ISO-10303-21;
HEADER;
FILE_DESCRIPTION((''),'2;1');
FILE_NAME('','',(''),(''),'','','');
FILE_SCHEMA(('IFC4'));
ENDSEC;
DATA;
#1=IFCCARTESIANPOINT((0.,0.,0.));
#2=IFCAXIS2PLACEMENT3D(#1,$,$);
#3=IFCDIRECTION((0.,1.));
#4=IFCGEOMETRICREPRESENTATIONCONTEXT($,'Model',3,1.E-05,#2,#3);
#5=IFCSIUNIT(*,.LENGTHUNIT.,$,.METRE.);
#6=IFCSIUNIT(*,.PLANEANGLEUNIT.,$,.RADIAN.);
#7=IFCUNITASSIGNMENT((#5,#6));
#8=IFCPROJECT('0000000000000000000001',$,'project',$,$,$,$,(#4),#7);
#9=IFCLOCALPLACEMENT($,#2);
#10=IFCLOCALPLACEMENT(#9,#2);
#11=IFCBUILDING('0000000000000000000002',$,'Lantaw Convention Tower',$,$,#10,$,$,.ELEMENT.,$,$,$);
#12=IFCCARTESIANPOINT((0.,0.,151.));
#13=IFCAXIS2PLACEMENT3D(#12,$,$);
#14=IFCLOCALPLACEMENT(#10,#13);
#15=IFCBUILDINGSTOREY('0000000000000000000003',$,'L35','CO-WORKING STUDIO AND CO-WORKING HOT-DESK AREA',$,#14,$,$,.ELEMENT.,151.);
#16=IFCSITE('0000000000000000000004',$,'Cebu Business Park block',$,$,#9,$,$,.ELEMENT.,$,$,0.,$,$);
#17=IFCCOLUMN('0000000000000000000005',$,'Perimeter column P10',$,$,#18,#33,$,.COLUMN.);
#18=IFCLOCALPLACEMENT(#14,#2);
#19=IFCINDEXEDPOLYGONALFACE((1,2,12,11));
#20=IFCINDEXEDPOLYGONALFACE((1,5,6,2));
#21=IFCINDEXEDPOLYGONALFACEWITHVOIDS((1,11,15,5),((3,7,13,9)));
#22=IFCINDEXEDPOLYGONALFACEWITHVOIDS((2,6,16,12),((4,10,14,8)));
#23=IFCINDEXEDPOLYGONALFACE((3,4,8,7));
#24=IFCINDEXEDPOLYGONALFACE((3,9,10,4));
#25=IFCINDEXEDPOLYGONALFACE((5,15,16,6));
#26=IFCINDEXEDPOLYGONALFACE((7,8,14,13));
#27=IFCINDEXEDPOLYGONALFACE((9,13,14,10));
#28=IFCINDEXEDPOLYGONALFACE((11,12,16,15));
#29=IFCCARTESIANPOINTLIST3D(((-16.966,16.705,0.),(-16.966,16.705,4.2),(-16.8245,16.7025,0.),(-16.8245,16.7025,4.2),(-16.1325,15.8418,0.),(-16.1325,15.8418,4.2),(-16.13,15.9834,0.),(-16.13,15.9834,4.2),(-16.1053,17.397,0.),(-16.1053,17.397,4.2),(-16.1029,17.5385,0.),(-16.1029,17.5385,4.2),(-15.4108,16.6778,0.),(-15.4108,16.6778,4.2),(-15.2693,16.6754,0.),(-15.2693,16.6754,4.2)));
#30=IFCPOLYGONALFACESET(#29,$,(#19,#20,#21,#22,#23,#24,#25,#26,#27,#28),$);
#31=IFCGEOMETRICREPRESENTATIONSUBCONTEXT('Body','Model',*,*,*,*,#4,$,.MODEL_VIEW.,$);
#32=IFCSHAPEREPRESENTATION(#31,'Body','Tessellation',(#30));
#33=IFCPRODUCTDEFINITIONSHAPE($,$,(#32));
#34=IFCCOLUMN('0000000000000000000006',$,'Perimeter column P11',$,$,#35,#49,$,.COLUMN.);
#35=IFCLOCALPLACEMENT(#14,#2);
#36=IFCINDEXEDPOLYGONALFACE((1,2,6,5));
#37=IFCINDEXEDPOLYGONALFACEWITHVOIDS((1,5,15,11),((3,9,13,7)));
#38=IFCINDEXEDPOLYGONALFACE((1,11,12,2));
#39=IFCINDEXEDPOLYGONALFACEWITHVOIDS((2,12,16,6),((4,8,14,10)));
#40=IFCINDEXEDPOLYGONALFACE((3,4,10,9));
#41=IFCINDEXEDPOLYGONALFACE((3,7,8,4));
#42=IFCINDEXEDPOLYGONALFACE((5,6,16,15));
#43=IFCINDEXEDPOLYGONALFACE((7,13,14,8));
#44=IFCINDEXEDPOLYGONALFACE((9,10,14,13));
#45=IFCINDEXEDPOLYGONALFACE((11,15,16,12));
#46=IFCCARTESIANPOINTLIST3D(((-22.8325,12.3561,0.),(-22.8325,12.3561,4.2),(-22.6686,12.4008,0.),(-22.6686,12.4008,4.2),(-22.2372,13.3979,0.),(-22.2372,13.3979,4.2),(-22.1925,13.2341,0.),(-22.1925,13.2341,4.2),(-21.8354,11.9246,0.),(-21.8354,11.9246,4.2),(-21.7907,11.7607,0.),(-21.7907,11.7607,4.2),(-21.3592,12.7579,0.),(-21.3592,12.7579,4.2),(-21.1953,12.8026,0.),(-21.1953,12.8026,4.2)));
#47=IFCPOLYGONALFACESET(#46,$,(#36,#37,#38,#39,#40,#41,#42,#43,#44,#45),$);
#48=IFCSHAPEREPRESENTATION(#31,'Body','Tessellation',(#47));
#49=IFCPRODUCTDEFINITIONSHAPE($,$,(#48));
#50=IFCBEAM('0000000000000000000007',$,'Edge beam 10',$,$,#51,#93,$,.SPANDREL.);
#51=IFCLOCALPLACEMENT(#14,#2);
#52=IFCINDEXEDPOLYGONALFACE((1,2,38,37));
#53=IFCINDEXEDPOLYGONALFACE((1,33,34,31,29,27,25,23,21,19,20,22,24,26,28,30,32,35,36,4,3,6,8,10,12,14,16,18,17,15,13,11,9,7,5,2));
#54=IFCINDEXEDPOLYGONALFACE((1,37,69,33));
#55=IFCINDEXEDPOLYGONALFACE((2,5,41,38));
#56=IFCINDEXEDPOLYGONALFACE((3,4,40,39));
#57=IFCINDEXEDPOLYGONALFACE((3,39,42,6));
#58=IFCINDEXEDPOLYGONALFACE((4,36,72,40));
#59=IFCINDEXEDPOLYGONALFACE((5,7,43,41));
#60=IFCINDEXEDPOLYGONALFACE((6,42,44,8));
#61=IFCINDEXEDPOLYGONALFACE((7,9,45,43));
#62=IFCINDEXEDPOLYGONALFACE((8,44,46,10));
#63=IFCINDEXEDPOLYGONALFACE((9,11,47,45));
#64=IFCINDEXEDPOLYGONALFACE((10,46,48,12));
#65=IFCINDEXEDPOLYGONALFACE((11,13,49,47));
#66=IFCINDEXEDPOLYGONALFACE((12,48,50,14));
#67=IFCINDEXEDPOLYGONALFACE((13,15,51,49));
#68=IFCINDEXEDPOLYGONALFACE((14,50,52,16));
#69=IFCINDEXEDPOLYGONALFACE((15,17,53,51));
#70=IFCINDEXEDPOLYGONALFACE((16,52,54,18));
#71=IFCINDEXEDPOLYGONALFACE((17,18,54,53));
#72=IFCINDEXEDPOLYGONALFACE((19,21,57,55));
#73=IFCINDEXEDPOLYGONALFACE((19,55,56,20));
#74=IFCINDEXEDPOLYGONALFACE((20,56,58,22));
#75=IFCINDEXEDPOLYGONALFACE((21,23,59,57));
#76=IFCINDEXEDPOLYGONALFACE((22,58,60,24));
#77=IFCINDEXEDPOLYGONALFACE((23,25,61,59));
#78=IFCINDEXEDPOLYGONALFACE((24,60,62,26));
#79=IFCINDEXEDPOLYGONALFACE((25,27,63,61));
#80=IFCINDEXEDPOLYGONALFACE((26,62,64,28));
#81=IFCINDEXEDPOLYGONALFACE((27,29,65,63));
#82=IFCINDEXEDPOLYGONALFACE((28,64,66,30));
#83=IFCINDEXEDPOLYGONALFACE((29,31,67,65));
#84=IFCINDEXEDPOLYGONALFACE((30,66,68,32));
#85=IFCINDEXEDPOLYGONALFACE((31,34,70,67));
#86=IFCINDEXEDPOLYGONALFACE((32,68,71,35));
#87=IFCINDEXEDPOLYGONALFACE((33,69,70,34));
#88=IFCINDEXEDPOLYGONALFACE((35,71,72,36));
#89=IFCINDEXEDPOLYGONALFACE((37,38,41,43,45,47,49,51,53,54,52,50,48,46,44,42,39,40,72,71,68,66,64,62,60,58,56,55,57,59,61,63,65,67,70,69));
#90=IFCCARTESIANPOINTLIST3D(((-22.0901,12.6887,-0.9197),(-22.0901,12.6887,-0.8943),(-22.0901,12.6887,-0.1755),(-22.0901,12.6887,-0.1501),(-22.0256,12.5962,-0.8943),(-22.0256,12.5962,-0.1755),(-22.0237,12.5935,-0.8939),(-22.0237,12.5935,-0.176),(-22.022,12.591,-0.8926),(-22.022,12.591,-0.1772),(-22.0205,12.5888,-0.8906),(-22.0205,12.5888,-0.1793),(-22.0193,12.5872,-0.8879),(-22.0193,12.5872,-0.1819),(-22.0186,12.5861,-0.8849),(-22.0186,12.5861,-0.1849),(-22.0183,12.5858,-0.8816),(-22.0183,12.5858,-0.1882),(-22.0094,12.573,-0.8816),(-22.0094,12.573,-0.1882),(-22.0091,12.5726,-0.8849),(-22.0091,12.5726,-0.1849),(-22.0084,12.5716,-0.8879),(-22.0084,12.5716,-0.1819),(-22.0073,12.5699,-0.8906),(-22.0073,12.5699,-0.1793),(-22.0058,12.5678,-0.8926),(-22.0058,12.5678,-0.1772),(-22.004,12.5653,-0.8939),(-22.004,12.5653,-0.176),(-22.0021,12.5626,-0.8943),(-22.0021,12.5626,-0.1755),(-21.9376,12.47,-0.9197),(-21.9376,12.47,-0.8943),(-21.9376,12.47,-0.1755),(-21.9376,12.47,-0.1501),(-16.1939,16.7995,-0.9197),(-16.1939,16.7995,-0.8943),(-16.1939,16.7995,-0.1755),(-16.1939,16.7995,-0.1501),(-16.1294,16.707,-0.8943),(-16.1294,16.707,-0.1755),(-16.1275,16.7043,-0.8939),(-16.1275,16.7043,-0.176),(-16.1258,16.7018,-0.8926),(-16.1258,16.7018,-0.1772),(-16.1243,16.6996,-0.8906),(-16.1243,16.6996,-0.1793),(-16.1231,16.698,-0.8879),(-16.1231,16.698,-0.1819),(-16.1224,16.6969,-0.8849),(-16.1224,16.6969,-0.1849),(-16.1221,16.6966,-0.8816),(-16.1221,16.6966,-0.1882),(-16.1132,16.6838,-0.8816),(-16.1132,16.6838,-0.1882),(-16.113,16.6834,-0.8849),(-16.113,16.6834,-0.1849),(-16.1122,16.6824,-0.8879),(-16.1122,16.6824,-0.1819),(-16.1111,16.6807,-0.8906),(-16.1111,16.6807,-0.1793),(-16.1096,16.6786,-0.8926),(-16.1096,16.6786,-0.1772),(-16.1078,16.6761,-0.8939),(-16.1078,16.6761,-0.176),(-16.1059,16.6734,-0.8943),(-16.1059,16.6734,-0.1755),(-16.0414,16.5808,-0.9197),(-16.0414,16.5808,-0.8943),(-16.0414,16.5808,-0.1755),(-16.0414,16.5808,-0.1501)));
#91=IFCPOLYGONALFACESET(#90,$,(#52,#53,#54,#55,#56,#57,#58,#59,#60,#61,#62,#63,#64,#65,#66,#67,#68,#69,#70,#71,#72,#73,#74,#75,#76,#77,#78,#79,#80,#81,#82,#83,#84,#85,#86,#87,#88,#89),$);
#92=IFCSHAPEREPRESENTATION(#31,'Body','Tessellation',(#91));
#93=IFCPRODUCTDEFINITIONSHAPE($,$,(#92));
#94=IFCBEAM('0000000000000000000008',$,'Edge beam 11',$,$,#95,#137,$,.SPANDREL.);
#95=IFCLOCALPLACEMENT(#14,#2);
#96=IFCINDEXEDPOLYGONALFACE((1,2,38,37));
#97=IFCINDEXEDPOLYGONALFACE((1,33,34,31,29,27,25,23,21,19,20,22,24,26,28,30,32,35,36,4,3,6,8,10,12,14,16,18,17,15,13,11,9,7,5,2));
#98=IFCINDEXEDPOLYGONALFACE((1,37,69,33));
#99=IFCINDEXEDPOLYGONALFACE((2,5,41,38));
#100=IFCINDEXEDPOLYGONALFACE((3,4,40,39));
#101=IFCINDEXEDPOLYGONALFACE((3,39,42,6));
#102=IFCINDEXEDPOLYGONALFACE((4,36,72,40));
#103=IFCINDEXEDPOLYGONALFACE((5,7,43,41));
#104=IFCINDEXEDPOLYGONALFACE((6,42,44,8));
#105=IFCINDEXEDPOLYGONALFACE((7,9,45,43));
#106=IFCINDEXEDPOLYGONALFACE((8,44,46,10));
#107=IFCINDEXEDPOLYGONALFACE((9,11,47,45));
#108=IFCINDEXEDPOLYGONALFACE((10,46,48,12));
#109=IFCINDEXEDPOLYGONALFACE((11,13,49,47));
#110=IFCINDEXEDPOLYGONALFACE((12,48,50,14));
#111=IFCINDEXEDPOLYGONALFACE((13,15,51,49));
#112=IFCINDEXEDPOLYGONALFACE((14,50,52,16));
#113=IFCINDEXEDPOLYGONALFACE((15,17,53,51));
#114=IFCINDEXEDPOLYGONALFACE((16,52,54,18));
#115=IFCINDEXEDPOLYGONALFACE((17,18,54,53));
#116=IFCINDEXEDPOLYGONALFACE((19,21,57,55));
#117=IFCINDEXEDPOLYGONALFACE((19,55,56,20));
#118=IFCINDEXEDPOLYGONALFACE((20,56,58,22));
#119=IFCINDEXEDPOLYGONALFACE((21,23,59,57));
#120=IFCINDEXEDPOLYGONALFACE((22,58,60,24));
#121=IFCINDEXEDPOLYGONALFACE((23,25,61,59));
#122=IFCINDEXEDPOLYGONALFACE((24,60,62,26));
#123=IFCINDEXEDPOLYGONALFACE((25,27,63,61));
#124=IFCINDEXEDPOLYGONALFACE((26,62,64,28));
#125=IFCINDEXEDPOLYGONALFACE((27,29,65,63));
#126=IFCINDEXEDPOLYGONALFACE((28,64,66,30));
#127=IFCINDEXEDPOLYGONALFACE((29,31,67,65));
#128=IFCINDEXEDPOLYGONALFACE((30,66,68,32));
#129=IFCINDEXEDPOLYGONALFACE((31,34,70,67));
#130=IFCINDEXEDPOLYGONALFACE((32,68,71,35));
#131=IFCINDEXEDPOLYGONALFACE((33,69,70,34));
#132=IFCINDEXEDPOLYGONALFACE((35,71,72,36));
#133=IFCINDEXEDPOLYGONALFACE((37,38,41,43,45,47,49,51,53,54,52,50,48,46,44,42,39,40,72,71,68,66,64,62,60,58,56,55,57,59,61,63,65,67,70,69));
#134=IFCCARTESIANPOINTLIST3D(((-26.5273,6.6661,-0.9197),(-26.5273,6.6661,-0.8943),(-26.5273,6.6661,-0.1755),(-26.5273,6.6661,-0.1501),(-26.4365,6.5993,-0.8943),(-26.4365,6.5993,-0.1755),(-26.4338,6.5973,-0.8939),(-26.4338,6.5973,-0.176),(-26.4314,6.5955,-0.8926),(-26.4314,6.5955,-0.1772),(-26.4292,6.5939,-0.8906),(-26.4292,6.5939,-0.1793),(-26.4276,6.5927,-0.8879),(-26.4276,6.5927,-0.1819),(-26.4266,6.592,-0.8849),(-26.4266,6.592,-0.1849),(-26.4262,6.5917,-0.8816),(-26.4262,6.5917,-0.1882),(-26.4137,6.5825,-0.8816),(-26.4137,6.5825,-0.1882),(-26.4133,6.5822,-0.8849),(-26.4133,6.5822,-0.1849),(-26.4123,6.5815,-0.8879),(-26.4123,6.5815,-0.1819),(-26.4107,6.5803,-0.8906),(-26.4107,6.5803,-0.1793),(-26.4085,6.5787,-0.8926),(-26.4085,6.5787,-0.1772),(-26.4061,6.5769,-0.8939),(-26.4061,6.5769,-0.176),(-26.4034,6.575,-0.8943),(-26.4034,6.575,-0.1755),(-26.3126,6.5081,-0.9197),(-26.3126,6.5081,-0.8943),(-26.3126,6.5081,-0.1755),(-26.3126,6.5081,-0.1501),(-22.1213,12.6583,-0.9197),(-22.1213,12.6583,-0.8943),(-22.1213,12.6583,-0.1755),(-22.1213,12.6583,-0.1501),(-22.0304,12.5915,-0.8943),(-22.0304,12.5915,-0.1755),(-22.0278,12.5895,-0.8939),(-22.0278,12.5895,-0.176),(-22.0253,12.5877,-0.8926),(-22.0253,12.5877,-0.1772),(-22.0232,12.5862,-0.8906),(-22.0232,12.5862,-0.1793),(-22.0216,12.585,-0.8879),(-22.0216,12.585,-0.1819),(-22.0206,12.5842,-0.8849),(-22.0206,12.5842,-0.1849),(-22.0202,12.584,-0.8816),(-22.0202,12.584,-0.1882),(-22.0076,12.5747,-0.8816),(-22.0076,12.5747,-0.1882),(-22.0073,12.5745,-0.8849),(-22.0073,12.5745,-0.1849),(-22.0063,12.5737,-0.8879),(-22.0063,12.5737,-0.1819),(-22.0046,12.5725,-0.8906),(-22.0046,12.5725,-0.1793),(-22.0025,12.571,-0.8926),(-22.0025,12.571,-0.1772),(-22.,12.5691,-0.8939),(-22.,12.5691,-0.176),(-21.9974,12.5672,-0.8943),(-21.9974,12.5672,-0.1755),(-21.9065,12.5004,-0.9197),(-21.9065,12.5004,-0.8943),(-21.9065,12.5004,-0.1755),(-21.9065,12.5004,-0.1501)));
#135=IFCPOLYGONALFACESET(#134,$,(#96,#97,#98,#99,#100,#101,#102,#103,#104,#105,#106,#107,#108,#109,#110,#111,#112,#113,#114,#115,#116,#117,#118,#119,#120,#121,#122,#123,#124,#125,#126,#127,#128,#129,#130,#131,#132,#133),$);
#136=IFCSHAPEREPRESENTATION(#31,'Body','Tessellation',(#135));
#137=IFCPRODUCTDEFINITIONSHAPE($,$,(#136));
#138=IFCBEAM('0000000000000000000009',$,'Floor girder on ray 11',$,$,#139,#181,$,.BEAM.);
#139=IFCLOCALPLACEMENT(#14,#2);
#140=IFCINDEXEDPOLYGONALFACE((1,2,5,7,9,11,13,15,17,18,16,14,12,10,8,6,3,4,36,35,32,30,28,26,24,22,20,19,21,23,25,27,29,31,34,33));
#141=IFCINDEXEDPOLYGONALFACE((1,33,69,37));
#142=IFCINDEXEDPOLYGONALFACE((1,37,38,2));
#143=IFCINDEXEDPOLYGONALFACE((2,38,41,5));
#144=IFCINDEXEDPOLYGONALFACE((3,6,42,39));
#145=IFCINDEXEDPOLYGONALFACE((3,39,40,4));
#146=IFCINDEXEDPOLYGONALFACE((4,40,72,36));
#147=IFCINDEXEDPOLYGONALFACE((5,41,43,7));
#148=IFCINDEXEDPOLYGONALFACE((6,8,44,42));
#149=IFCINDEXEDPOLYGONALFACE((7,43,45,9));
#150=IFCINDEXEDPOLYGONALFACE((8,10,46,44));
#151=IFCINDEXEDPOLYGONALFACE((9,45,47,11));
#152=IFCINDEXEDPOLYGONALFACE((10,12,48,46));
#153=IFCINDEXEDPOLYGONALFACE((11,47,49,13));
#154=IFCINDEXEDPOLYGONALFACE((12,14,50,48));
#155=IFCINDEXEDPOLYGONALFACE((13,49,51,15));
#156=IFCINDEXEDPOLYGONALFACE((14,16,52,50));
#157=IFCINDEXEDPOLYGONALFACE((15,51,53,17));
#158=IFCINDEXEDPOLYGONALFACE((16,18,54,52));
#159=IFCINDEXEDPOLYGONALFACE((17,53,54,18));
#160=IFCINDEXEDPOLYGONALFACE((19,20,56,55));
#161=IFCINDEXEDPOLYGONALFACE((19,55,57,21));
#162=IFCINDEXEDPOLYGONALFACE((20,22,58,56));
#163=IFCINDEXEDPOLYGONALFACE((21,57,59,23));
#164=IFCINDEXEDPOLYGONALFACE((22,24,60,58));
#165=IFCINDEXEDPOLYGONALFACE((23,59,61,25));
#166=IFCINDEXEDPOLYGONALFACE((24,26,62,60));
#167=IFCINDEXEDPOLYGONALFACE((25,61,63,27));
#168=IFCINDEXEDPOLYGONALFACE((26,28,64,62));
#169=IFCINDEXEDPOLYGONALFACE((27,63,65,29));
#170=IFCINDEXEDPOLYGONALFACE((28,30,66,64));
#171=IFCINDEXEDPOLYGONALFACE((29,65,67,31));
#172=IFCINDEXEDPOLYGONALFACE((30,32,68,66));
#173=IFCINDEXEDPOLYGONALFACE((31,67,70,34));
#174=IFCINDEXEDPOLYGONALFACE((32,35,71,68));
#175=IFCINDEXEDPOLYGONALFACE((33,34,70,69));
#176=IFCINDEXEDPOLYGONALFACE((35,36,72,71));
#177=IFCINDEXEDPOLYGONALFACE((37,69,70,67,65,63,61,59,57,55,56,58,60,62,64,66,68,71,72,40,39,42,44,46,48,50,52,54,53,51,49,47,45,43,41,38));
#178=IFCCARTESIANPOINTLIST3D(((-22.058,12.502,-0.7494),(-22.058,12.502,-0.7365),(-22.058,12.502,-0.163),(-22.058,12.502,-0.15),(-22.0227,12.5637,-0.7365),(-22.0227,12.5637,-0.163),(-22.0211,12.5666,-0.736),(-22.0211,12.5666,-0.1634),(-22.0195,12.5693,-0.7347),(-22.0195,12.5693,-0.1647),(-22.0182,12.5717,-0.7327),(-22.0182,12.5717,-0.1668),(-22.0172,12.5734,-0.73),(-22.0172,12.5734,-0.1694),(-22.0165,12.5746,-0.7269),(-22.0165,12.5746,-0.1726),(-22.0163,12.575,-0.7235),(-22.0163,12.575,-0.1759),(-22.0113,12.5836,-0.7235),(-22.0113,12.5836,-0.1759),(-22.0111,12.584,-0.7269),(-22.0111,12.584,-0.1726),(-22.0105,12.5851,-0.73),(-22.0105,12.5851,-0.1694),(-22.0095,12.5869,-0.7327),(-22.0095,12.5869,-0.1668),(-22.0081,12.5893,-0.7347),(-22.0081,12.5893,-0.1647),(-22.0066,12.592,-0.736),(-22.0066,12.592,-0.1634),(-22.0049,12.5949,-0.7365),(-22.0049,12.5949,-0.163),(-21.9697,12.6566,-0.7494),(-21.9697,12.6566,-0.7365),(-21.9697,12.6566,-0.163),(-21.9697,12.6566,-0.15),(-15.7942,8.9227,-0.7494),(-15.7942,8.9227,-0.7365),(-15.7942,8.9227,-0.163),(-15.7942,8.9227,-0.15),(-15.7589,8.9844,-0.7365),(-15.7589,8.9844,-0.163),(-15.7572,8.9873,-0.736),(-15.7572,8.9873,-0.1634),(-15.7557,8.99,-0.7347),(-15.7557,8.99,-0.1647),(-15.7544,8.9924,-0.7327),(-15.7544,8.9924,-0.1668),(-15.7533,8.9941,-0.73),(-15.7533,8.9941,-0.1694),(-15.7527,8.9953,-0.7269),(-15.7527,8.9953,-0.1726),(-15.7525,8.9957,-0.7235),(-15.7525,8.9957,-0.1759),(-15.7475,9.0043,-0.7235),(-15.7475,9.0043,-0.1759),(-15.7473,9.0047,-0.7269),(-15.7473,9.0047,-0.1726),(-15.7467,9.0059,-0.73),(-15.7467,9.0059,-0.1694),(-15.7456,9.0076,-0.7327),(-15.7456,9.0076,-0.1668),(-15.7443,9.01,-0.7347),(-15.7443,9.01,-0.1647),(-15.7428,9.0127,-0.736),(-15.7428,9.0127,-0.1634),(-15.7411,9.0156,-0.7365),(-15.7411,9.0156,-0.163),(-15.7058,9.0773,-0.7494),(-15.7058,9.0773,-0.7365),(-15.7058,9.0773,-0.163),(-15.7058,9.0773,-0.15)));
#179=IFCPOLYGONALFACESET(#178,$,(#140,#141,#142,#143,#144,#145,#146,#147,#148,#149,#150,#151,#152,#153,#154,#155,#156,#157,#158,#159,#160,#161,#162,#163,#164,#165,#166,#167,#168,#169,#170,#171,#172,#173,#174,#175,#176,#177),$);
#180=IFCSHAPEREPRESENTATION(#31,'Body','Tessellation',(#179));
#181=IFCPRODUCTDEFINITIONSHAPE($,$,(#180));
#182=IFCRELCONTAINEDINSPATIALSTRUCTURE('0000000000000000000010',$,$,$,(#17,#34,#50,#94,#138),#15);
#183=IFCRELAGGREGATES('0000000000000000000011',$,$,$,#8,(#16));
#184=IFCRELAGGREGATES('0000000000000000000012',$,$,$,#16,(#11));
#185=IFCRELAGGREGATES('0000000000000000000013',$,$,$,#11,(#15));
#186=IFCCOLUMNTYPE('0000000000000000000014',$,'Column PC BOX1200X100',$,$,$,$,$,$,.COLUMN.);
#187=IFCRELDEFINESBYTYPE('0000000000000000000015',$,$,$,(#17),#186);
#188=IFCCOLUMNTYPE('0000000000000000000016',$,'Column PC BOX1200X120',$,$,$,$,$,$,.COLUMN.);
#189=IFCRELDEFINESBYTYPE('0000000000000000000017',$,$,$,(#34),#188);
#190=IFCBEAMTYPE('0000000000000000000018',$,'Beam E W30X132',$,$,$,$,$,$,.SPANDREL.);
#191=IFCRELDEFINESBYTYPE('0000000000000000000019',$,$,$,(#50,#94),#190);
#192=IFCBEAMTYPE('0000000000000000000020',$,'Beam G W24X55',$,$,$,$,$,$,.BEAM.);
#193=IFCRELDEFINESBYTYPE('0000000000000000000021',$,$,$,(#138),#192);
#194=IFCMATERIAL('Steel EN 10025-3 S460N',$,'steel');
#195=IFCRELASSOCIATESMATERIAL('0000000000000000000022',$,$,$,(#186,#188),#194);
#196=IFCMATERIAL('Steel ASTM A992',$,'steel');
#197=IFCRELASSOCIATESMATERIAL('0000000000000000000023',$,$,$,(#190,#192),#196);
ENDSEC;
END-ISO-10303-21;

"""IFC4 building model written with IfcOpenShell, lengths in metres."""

from ifc_helpers import new_model, si_unit, direction, frame, origin, origin_2d, place, context, subcontext, project, spatial, rectangle, hollow_rectangle, i_section, extrude, material, material_profile, profile_set, type_object, element, save


model = new_model("IFC4")

# Units and contexts
model_context = context("Model", 3, precision=1e-05, world=origin(), true_north=direction((0.0, 1.0)))
body_context = subcontext(model_context, "Body", "Model", "MODEL_VIEW")
ifc_project = project(units=[si_unit("LENGTHUNIT", "METRE"), si_unit("PLANEANGLEUNIT", "RADIAN")], contexts=[model_context])

# Site, building, storey
site_placement = place(None, origin())
site = spatial("IfcSite", under=ifc_project, at=site_placement, Name="Cebu Business Park block", CompositionType="ELEMENT", RefElevation=0.0)
building_placement = place(site_placement, origin())
building = spatial("IfcBuilding", under=site, at=building_placement, Name="Lantaw Convention Tower", CompositionType="ELEMENT")
storey_placement = place(building_placement, frame((0.0, 0.0, 151.0)))
storey = spatial("IfcBuildingStorey", under=building, at=storey_placement, Name="L35", Description="CO-WORKING STUDIO AND CO-WORKING HOT-DESK AREA", CompositionType="ELEMENT", Elevation=151.0)

# Columns
ifc_material_1 = material(Name="Steel EN 10025-3 S460N", Category="steel")
ifc_material_profile_1 = material_profile(ifc_material_1, hollow_rectangle(XDim=1.2, YDim=1.2, WallThickness=0.1001, at=origin_2d()), Name="BOX1200X100")
ifc_material_2 = material(Name="Concrete C60/75", Category="concrete")
ifc_material_profile_2 = material_profile(ifc_material_2, rectangle(XDim=1.0, YDim=1.0, at=origin_2d()), Name="Concrete fill of BOX1200X100")
ifc_profile_set_1 = profile_set([ifc_material_profile_1, ifc_material_profile_2], Name="Steel EN 10025-3 S460N")
column_type_1 = type_object("IfcColumnType", Name="Column PC BOX1200X100", PredefinedType="COLUMN", material=ifc_profile_set_1)
column_1_placement = place(storey_placement, frame((-16.1177, 16.6902, 0.0), z_axis=(0.0, 0.0, 1.0), x_axis=(0.71934, 0.694658, 0.0)))
element("IfcColumn", 1, at=column_1_placement, inside=storey, type_object=column_type_1, Name="Perimeter column P10", PredefinedType="COLUMN", context=body_context, shape_type="SweptSolid", body=[
    extrude(hollow_rectangle(XDim=1.2, YDim=1.2, WallThickness=0.1001, at=origin_2d()), origin(), (0.0, 0.0, 1.0), 4.2),
])
ifc_material_profile_3 = material_profile(ifc_material_1, hollow_rectangle(XDim=1.2, YDim=1.2, WallThickness=0.1201, at=origin_2d()), Name="BOX1200X120")
ifc_material_profile_4 = material_profile(ifc_material_2, rectangle(XDim=0.96, YDim=0.96, at=origin_2d()), Name="Concrete fill of BOX1200X120")
ifc_profile_set_2 = profile_set([ifc_material_profile_3, ifc_material_profile_4], Name="Steel EN 10025-3 S460N")
column_type_2 = type_object("IfcColumnType", Name="Column PC BOX1200X120", PredefinedType="COLUMN", material=ifc_profile_set_2)
column_2_placement = place(storey_placement, frame((-22.0139, 12.5793, 0.0), z_axis=(0.0, 0.0, 1.0), x_axis=(0.496139, 0.868243, 0.0)))
element("IfcColumn", 2, at=column_2_placement, inside=storey, type_object=column_type_2, Name="Perimeter column P11", PredefinedType="COLUMN", context=body_context, shape_type="SweptSolid", body=[
    extrude(hollow_rectangle(XDim=1.2, YDim=1.2, WallThickness=0.1201, at=origin_2d()), origin(), (0.0, 0.0, 1.0), 4.2),
])

# Beams
ifc_material_3 = material(Name="Steel ASTM A992", Category="steel")
ifc_material_profile_5 = material_profile(ifc_material_3, i_section(OverallWidth=0.2666, OverallDepth=0.7695, WebThickness=0.0156, FlangeThickness=0.0254, FilletRadius=0.0127, at=origin_2d()), Name="W30X132")
ifc_profile_set_3 = profile_set([ifc_material_profile_5], Name="Steel ASTM A992")
beam_type_1 = type_object("IfcBeamType", Name="Beam E W30X132", PredefinedType="SPANDREL", material=ifc_profile_set_3)
beam_1_placement = place(storey_placement, frame((-16.1177, 16.6902, -0.5349), z_axis=(-0.820311, -0.571918, 0.0), x_axis=(0.571918, -0.820311, 0.0)))
element("IfcBeam", 3, at=beam_1_placement, inside=storey, type_object=beam_type_1, Name="Edge beam 10", PredefinedType="SPANDREL", context=body_context, shape_type="SweptSolid", body=[
    extrude(i_section(OverallWidth=0.2666, OverallDepth=0.7695, WebThickness=0.0156, FlangeThickness=0.0254, FilletRadius=0.0127, at=origin_2d()), origin(), (0.0, 0.0, 1.0), 7.1877),
])
beam_2_placement = place(storey_placement, frame((-22.0139, 12.5793, -0.5349), z_axis=(-0.592389, -0.805652, 0.0), x_axis=(0.805652, -0.592389, 0.0)))
element("IfcBeam", 4, at=beam_2_placement, inside=storey, type_object=beam_type_1, Name="Edge beam 11", PredefinedType="SPANDREL", context=body_context, shape_type="SweptSolid", body=[
    extrude(i_section(OverallWidth=0.2666, OverallDepth=0.7695, WebThickness=0.0156, FlangeThickness=0.0254, FilletRadius=0.0127, at=origin_2d()), origin(), (0.0, 0.0, 1.0), 7.4377),
])
ifc_material_profile_6 = material_profile(ifc_material_3, i_section(OverallWidth=0.178, OverallDepth=0.5994, WebThickness=0.01, FlangeThickness=0.0129, FilletRadius=0.0129, at=origin_2d()), Name="W24X55")
ifc_profile_set_4 = profile_set([ifc_material_profile_6], Name="Steel ASTM A992")
beam_type_2 = type_object("IfcBeamType", Name="Beam G W24X55", PredefinedType="BEAM", material=ifc_profile_set_4)
beam_3_placement = place(storey_placement, frame((-15.75, 9.0, -0.4497), z_axis=(-0.868245, 0.496135, 0.0), x_axis=(-0.496135, -0.868245, 0.0)))
element("IfcBeam", 5, at=beam_3_placement, inside=storey, type_object=beam_type_2, Name="Floor girder on ray 11", PredefinedType="BEAM", context=body_context, shape_type="SweptSolid", body=[
    extrude(i_section(OverallWidth=0.178, OverallDepth=0.5994, WebThickness=0.01, FlangeThickness=0.0129, FilletRadius=0.0129, at=origin_2d()), origin(), (0.0, 0.0, 1.0), 7.2144),
])

save(model, "model.ifc")
